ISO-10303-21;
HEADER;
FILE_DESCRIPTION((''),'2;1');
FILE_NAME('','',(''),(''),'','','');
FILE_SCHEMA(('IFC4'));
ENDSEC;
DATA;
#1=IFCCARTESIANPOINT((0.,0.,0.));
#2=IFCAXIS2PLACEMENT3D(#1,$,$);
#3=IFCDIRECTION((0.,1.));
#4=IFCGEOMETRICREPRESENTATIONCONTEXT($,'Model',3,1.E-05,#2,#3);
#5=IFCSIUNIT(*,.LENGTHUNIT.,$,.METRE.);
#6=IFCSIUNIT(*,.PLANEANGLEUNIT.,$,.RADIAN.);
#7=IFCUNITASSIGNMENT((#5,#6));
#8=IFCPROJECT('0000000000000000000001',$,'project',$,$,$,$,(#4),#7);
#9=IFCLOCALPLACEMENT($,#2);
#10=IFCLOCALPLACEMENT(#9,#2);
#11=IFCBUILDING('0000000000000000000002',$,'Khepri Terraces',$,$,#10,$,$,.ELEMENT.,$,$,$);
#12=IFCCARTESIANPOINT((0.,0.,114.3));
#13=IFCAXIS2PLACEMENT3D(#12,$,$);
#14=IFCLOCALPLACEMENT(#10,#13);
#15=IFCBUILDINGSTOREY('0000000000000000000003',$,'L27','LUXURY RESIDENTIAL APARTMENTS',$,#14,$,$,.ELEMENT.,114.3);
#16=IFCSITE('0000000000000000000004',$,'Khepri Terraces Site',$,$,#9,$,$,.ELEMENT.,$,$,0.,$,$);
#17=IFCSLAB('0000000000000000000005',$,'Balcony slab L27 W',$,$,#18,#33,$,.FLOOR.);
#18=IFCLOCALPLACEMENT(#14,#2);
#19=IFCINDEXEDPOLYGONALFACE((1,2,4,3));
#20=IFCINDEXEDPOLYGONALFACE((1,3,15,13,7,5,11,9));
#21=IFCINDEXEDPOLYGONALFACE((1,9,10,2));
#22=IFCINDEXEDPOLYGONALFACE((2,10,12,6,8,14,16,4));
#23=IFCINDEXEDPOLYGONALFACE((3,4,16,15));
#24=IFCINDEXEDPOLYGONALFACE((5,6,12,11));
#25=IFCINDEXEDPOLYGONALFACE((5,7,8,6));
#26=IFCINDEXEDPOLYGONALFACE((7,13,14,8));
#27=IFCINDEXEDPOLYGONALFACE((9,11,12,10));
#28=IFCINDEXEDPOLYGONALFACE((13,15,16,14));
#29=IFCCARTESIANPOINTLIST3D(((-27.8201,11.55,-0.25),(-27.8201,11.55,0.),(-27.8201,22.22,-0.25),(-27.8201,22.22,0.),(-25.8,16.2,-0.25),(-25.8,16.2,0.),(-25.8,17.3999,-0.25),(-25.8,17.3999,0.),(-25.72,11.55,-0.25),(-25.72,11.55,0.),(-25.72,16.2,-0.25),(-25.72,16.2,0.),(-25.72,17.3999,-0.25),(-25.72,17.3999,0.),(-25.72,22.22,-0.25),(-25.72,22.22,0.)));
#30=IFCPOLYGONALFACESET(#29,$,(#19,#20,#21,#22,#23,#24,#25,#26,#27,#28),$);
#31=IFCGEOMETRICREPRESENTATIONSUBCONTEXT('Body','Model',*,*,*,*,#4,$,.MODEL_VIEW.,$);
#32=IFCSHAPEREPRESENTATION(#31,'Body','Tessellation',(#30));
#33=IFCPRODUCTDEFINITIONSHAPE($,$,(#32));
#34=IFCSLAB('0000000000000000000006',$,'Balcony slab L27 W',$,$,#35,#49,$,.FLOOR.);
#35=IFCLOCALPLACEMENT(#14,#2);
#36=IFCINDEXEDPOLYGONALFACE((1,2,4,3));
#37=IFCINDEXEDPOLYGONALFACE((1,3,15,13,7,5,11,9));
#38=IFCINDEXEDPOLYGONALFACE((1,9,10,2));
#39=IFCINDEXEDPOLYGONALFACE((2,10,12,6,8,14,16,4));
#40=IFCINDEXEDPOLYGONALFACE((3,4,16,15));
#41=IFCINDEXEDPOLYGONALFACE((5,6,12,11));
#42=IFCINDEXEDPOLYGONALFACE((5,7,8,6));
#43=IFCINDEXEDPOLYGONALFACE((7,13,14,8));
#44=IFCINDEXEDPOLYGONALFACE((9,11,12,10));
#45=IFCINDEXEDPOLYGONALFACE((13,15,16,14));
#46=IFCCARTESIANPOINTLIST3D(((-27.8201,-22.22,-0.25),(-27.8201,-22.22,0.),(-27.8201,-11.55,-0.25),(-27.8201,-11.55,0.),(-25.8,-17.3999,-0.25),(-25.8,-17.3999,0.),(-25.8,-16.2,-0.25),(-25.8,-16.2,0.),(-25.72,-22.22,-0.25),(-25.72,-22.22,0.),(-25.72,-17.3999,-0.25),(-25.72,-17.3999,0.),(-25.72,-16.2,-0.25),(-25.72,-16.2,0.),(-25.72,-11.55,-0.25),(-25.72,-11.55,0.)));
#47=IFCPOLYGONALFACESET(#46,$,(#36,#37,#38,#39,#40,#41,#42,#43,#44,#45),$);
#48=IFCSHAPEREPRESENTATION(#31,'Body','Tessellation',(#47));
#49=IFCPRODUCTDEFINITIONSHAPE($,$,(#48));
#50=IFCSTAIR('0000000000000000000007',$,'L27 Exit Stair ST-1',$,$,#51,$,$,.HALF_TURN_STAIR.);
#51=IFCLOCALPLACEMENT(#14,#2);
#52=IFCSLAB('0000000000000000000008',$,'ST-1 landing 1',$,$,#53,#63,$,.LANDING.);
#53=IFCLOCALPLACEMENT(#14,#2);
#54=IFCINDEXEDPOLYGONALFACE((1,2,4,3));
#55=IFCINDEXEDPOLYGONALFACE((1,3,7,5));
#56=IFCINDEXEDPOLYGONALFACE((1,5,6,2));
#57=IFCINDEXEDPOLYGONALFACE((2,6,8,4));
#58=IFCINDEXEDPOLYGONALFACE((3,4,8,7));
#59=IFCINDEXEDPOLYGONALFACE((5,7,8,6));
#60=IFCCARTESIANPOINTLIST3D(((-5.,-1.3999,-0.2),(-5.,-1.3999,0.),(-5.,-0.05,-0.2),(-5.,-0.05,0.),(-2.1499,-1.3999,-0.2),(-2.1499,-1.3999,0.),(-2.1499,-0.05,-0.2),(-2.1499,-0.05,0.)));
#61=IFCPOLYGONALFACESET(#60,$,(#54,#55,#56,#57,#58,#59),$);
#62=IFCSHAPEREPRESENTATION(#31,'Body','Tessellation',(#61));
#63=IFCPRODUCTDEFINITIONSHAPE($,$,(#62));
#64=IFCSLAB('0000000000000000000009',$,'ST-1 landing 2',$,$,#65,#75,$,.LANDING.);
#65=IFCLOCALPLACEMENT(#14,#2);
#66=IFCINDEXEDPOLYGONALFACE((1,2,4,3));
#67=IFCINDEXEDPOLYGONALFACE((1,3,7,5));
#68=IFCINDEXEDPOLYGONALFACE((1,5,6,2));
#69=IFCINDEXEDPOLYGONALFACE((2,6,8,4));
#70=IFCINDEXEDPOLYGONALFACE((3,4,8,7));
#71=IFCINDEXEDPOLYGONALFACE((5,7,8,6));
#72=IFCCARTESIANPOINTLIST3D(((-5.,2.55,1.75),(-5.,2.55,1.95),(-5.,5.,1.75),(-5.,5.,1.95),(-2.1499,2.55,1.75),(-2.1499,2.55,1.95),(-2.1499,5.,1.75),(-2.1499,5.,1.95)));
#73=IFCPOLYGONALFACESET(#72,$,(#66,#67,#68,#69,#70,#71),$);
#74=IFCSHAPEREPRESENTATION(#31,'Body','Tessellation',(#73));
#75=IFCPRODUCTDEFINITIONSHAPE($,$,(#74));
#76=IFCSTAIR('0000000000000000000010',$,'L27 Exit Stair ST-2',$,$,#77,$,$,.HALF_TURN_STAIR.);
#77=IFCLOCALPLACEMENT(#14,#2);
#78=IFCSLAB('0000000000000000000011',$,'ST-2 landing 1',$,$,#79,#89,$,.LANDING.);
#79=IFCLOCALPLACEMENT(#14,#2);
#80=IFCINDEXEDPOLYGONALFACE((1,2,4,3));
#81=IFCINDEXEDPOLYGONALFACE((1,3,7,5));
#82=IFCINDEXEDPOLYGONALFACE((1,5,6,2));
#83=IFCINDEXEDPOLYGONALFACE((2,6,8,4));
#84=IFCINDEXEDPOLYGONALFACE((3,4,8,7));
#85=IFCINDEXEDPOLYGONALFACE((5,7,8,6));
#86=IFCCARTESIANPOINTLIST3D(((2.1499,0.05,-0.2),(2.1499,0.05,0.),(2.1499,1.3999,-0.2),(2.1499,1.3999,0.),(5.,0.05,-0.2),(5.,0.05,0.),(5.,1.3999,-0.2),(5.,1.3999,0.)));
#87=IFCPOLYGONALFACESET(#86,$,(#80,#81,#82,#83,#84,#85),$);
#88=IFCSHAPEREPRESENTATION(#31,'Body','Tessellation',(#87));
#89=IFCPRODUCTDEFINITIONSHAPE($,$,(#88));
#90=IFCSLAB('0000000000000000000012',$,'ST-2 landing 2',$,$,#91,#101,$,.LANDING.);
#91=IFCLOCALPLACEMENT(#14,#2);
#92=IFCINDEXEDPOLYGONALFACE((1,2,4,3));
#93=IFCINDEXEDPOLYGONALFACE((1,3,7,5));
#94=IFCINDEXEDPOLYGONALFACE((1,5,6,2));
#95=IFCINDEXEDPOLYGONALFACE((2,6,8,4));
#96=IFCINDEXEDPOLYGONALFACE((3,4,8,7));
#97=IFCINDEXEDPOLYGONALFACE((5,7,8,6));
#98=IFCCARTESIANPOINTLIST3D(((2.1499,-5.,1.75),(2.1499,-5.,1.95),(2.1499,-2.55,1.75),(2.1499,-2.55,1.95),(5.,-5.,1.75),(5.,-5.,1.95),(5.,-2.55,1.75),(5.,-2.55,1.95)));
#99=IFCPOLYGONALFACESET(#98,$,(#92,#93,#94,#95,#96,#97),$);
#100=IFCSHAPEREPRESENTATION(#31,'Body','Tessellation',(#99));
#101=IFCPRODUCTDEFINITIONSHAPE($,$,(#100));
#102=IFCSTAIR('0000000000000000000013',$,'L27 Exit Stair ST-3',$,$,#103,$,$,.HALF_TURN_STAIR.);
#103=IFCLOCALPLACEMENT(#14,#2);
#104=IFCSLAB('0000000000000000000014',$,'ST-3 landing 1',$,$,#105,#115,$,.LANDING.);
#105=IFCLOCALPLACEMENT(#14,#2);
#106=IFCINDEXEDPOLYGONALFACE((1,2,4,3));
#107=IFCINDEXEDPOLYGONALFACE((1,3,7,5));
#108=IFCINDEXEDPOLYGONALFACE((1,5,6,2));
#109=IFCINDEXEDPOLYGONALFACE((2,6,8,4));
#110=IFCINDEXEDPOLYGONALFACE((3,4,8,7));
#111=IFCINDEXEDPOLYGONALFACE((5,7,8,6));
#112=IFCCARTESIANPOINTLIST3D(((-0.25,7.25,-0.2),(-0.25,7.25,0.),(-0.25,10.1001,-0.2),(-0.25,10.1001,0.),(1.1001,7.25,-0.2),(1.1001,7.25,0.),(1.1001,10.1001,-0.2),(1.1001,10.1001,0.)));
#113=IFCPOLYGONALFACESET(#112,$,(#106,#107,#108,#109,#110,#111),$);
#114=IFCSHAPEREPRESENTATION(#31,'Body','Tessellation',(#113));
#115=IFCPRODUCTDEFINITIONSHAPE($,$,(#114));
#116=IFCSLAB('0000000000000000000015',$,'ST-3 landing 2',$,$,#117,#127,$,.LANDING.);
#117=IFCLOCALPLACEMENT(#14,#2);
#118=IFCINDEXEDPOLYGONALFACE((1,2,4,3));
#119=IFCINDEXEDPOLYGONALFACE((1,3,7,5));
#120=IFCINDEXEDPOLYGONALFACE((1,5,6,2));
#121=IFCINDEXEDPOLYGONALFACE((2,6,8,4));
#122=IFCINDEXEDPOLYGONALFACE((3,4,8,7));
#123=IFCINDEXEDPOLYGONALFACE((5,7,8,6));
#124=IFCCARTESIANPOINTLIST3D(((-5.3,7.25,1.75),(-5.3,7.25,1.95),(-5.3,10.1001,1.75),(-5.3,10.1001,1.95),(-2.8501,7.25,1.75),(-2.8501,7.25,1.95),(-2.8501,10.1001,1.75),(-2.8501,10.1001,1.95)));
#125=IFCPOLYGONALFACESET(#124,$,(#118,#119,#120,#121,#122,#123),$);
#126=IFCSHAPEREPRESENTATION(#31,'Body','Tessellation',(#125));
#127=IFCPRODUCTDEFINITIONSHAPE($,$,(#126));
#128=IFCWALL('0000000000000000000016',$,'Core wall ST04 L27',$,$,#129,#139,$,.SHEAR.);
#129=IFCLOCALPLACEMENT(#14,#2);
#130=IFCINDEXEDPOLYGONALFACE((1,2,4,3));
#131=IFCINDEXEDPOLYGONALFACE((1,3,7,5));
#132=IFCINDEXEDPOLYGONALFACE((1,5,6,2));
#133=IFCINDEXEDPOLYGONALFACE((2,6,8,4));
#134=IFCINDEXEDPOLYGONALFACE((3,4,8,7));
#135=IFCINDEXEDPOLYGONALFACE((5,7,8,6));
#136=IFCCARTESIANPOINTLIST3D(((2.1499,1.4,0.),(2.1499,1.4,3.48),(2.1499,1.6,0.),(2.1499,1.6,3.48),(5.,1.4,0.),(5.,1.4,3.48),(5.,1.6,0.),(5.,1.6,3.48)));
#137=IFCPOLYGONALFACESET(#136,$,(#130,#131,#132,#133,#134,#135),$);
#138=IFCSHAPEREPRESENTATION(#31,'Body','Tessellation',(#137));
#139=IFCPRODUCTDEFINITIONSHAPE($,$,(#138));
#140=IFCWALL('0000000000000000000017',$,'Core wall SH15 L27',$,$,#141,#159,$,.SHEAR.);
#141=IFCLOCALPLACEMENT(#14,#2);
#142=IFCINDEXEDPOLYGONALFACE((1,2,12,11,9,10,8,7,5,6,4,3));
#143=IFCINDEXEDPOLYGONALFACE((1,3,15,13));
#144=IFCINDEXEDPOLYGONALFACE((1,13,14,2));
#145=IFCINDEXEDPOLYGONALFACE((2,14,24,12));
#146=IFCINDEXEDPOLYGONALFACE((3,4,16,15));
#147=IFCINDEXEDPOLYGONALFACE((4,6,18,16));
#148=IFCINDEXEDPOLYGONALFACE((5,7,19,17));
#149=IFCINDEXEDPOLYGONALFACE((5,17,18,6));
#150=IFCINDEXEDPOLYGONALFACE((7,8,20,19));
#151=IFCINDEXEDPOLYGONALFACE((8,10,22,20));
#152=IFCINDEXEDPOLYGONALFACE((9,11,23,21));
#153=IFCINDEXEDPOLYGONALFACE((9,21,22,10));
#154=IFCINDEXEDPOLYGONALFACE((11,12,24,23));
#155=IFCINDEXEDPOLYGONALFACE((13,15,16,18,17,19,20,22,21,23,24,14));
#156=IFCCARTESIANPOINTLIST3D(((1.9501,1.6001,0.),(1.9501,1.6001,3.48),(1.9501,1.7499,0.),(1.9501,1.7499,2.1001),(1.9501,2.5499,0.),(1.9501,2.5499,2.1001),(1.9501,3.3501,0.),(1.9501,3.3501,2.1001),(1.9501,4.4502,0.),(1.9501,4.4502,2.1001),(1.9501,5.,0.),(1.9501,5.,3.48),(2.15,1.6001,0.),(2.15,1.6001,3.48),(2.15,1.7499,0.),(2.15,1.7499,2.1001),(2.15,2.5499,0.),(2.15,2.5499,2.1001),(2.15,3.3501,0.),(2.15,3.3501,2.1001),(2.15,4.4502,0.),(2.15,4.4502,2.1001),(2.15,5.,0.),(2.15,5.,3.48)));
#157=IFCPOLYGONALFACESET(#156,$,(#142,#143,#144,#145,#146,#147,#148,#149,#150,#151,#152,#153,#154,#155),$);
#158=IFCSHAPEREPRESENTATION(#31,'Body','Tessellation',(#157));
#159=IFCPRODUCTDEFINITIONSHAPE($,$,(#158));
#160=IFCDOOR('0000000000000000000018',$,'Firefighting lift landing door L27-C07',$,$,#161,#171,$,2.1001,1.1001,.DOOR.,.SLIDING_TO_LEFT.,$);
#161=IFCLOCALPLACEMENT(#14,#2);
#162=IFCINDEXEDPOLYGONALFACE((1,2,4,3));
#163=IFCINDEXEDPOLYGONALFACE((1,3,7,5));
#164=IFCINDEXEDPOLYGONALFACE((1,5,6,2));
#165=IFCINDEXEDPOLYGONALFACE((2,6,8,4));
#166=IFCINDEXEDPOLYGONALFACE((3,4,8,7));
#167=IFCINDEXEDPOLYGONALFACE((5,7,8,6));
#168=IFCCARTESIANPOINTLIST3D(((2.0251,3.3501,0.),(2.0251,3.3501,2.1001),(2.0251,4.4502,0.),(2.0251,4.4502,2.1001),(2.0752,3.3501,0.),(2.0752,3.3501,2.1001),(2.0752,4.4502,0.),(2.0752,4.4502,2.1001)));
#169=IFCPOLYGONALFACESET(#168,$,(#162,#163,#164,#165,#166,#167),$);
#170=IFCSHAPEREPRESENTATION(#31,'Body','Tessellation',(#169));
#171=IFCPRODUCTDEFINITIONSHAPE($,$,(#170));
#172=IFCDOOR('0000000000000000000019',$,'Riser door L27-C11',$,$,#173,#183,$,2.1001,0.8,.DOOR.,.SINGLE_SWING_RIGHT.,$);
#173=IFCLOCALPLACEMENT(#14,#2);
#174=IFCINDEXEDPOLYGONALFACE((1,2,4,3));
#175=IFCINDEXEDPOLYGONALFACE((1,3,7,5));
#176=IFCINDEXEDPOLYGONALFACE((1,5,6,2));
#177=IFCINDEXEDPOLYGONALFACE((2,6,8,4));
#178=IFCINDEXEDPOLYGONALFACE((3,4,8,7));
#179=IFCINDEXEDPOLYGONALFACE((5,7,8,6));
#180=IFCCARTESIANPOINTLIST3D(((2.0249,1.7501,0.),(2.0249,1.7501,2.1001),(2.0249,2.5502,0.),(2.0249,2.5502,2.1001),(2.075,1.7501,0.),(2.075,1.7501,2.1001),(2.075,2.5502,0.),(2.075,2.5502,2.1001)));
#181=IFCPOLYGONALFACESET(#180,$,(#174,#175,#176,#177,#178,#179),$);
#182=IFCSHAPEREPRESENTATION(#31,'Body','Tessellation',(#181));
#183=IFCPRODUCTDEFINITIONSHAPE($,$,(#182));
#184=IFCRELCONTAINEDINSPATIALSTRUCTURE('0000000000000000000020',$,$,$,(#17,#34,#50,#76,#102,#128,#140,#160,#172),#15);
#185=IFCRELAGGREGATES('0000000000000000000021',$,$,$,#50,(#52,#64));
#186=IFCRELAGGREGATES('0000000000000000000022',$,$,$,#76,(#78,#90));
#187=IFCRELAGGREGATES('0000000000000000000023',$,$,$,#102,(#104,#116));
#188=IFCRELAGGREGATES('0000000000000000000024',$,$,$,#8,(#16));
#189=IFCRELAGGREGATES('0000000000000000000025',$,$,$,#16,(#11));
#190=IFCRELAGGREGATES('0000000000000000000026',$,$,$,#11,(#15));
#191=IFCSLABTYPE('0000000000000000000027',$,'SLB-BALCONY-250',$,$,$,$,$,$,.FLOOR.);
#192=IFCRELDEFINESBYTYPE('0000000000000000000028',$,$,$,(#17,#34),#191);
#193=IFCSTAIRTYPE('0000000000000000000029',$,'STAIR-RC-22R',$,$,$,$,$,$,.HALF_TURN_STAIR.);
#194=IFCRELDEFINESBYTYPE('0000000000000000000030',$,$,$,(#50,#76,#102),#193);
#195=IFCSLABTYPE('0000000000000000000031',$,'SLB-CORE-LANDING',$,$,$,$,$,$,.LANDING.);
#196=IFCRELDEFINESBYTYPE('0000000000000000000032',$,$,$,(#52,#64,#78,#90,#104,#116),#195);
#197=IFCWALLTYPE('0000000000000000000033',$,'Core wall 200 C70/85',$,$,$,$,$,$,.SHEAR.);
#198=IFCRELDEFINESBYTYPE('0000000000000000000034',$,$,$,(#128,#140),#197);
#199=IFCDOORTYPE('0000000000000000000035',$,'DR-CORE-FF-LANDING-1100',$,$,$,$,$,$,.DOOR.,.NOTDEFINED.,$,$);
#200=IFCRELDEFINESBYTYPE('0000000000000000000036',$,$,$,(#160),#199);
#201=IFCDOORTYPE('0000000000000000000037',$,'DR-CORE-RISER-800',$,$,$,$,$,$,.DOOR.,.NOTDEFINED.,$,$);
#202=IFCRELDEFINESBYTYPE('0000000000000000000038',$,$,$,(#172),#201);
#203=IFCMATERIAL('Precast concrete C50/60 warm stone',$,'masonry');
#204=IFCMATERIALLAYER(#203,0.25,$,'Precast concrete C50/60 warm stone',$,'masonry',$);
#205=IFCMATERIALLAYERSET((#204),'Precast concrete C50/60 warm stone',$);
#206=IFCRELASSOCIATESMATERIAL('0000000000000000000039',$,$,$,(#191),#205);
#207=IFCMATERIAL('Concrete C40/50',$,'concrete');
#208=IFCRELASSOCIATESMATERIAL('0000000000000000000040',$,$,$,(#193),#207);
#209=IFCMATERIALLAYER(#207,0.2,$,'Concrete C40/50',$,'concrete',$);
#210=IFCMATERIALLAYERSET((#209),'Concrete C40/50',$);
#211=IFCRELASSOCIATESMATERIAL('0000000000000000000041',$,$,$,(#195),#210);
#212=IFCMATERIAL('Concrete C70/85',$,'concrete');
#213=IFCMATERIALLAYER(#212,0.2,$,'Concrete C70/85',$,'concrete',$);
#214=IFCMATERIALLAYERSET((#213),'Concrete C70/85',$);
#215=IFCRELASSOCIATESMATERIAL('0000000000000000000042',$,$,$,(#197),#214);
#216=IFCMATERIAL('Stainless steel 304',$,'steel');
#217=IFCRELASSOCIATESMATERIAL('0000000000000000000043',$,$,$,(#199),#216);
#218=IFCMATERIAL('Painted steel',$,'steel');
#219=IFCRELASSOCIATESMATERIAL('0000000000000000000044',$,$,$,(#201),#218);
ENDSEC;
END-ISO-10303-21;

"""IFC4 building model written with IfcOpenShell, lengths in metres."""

from ifc_helpers import new_model, si_unit, direction, frame, frame_2d, origin, place, context, subcontext, project, spatial, polyline, rectangle, outline, extrude, material, layer, layer_set, type_object, element, fill, aggregate, save


model = new_model("IFC4")

# Units and contexts
model_context = context("Model", 3, precision=1e-05, world=origin(), true_north=direction((0.0, 1.0)))
body_context = subcontext(model_context, "Body", "Model", "MODEL_VIEW")
ifc_project = project(units=[si_unit("LENGTHUNIT", "METRE"), si_unit("PLANEANGLEUNIT", "RADIAN")], contexts=[model_context])

# Site, building, storey
site_placement = place(None, origin())
site = spatial("IfcSite", under=ifc_project, at=site_placement, Name="Khepri Terraces Site", CompositionType="ELEMENT", RefElevation=0.0)
building_placement = place(site_placement, origin())
building = spatial("IfcBuilding", under=site, at=building_placement, Name="Khepri Terraces", CompositionType="ELEMENT")
storey_placement = place(building_placement, frame((0.0, 0.0, 114.3)))
storey = spatial("IfcBuildingStorey", under=building, at=storey_placement, Name="L27", Description="LUXURY RESIDENTIAL APARTMENTS", CompositionType="ELEMENT", Elevation=114.3)

# Slabs
ifc_material_1 = material(Name="Precast concrete C50/60 warm stone", Category="masonry")
ifc_layer_1 = layer(ifc_material_1, 0.25, Name="Precast concrete C50/60 warm stone", Category="masonry")
ifc_layer_set_1 = layer_set([ifc_layer_1], Name="Precast concrete C50/60 warm stone")
slab_type_1 = type_object("IfcSlabType", Name="SLB-BALCONY-250", PredefinedType="FLOOR", material=ifc_layer_set_1)
slab_1_placement = place(storey_placement, frame((0.0, 0.0, -0.25)))
element("IfcSlab", 1, at=slab_1_placement, inside=storey, type_object=slab_type_1, Name="Balcony slab L27 W", PredefinedType="FLOOR", context=body_context, shape_type="SweptSolid", body=[
    extrude(outline(polyline([(-25.72, 17.3999), (-25.72, 22.22), (-27.8201, 22.22), (-27.8201, 11.55), (-25.72, 11.55), (-25.72, 16.2), (-25.8, 16.2), (-25.8, 17.3999), (-25.72, 17.3999)])), origin(), (0.0, 0.0, 1.0), 0.25),
])
slab_2_placement = place(storey_placement, frame((0.0, 0.0, -0.25)))
element("IfcSlab", 2, at=slab_2_placement, inside=storey, type_object=slab_type_1, Name="Balcony slab L27 W", PredefinedType="FLOOR", context=body_context, shape_type="SweptSolid", body=[
    extrude(outline(polyline([(-25.72, -16.2), (-25.72, -11.55), (-27.8201, -11.55), (-27.8201, -22.22), (-25.72, -22.22), (-25.72, -17.3999), (-25.8, -17.3999), (-25.8, -16.2), (-25.72, -16.2)])), origin(), (0.0, 0.0, 1.0), 0.25),
])

# Stairs, slabs
ifc_material_2 = material(Name="Concrete C40/50", Category="concrete")
stair_type = type_object("IfcStairType", Name="STAIR-RC-22R", PredefinedType="HALF_TURN_STAIR", material=ifc_material_2)
stair_1_placement = place(storey_placement, origin())
stair_1 = element("IfcStair", 3, at=stair_1_placement, inside=storey, type_object=stair_type, Name="L27 Exit Stair ST-1", PredefinedType="HALF_TURN_STAIR")
ifc_layer_2 = layer(ifc_material_2, 0.2, Name="Concrete C40/50", Category="concrete")
ifc_layer_set_2 = layer_set([ifc_layer_2], Name="Concrete C40/50")
slab_type_2 = type_object("IfcSlabType", Name="SLB-CORE-LANDING", PredefinedType="LANDING", material=ifc_layer_set_2)
slab_3_placement = place(storey_placement, frame((0.0, 0.0, -0.2)))
slab_3 = element("IfcSlab", 4, at=slab_3_placement, type_object=slab_type_2, Name="ST-1 landing 1", PredefinedType="LANDING", context=body_context, shape_type="SweptSolid", body=[
    extrude(outline(polyline([(-2.1499, -1.3999), (-2.1499, -0.05), (-5.0, -0.05), (-5.0, -1.3999), (-2.1499, -1.3999)])), origin(), (0.0, 0.0, 1.0), 0.2),
])
slab_4_placement = place(storey_placement, frame((0.0, 0.0, 1.75)))
slab_4 = element("IfcSlab", 5, at=slab_4_placement, type_object=slab_type_2, Name="ST-1 landing 2", PredefinedType="LANDING", context=body_context, shape_type="SweptSolid", body=[
    extrude(outline(polyline([(-2.1499, 2.55), (-2.1499, 5.0), (-5.0, 5.0), (-5.0, 2.55), (-2.1499, 2.55)])), origin(), (0.0, 0.0, 1.0), 0.2),
])
aggregate(stair_1, [slab_3, slab_4])
stair_2_placement = place(storey_placement, origin())
stair_2 = element("IfcStair", 6, at=stair_2_placement, inside=storey, type_object=stair_type, Name="L27 Exit Stair ST-2", PredefinedType="HALF_TURN_STAIR")
slab_5_placement = place(storey_placement, frame((0.0, 0.0, -0.2)))
slab_5 = element("IfcSlab", 7, at=slab_5_placement, type_object=slab_type_2, Name="ST-2 landing 1", PredefinedType="LANDING", context=body_context, shape_type="SweptSolid", body=[
    extrude(outline(polyline([(2.1499, 1.3999), (2.1499, 0.05), (5.0, 0.05), (5.0, 1.3999), (2.1499, 1.3999)])), origin(), (0.0, 0.0, 1.0), 0.2),
])
slab_6_placement = place(storey_placement, frame((0.0, 0.0, 1.75)))
slab_6 = element("IfcSlab", 8, at=slab_6_placement, type_object=slab_type_2, Name="ST-2 landing 2", PredefinedType="LANDING", context=body_context, shape_type="SweptSolid", body=[
    extrude(outline(polyline([(2.1499, -2.55), (2.1499, -5.0), (5.0, -5.0), (5.0, -2.55), (2.1499, -2.55)])), origin(), (0.0, 0.0, 1.0), 0.2),
])
aggregate(stair_2, [slab_5, slab_6])
stair_3_placement = place(storey_placement, origin())
stair_3 = element("IfcStair", 9, at=stair_3_placement, inside=storey, type_object=stair_type, Name="L27 Exit Stair ST-3", PredefinedType="HALF_TURN_STAIR")
slab_7_placement = place(storey_placement, frame((0.0, 0.0, -0.2)))
slab_7 = element("IfcSlab", 10, at=slab_7_placement, type_object=slab_type_2, Name="ST-3 landing 1", PredefinedType="LANDING", context=body_context, shape_type="SweptSolid", body=[
    extrude(outline(polyline([(1.1001, 10.1001), (-0.25, 10.1001), (-0.25, 7.25), (1.1001, 7.25), (1.1001, 10.1001)])), origin(), (0.0, 0.0, 1.0), 0.2),
])
slab_8_placement = place(storey_placement, frame((0.0, 0.0, 1.75)))
slab_8 = element("IfcSlab", 11, at=slab_8_placement, type_object=slab_type_2, Name="ST-3 landing 2", PredefinedType="LANDING", context=body_context, shape_type="SweptSolid", body=[
    extrude(outline(polyline([(-2.8501, 10.1001), (-5.3, 10.1001), (-5.3, 7.25), (-2.8501, 7.25), (-2.8501, 10.1001)])), origin(), (0.0, 0.0, 1.0), 0.2),
])
aggregate(stair_3, [slab_7, slab_8])

# Wall
ifc_material_3 = material(Name="Concrete C70/85", Category="concrete")
ifc_layer_3 = layer(ifc_material_3, 0.2, Name="Concrete C70/85", Category="concrete")
ifc_layer_set_3 = layer_set([ifc_layer_3], Name="Concrete C70/85")
wall_type = type_object("IfcWallType", Name="Core wall 200 C70/85", PredefinedType="SHEAR", material=ifc_layer_set_3)
wall_1_placement = place(storey_placement, frame((2.1499, 1.5, 0.0), z_axis=(0.0, 0.0, 1.0), x_axis=(1.0, 0.0, 0.0)))
element("IfcWall", 12, at=wall_1_placement, inside=storey, type_object=wall_type, Name="Core wall ST04 L27", PredefinedType="SHEAR", context=body_context, shape_type="SweptSolid", body=[
    extrude(rectangle(XDim=2.8501, YDim=0.2, at=frame_2d((1.425, 0.0))), origin(), (0.0, 0.0, 1.0), 3.48),
])

# Wall, openings, doors
wall_2_placement = place(storey_placement, frame((2.05, 1.6001, 0.0), z_axis=(0.0, 0.0, 1.0), x_axis=(0.0, 1.0, 0.0)))
wall_2 = element("IfcWall", 13, at=wall_2_placement, inside=storey, type_object=wall_type, Name="Core wall SH15 L27", PredefinedType="SHEAR", context=body_context, shape_type="SweptSolid", body=[
    extrude(rectangle(XDim=3.3999, YDim=0.2, at=frame_2d((1.7, 0.0))), origin(), (0.0, 0.0, 1.0), 3.48),
])
opening_1_placement = place(wall_2_placement, frame((1.75, 0.0, 0.0)))
opening_1 = element("IfcOpeningElement", 14, at=opening_1_placement, cuts=wall_2, PredefinedType="OPENING", context=body_context, shape_type="SweptSolid", body=[
    extrude(rectangle(XDim=1.1001, YDim=2.1001, at=frame_2d((0.55, 1.05))), frame((0.0, 0.1099, 0.0), z_axis=(0.0, -1.0, 0.0), x_axis=(1.0, 0.0, 0.0)), (0.0, 0.0, 1.0), 0.22),
])
opening_2_placement = place(wall_2_placement, frame((0.1499, 0.0, 0.0)))
opening_2 = element("IfcOpeningElement", 15, at=opening_2_placement, cuts=wall_2, PredefinedType="OPENING", context=body_context, shape_type="SweptSolid", body=[
    extrude(rectangle(XDim=0.8, YDim=2.1001, at=frame_2d((0.3999, 1.05))), frame((0.0, 0.1099, 0.0), z_axis=(0.0, -1.0, 0.0), x_axis=(1.0, 0.0, 0.0)), (0.0, 0.0, 1.0), 0.22),
])
ifc_material_4 = material(Name="Stainless steel 304", Category="steel")
door_type_1 = type_object("IfcDoorType", Name="DR-CORE-FF-LANDING-1100", OperationType="NOTDEFINED", PredefinedType="DOOR", material=ifc_material_4)
door_1_placement = place(opening_1_placement, origin())
door_1 = element("IfcDoor", 16, at=door_1_placement, inside=storey, type_object=door_type_1, Name="Firefighting lift landing door L27-C07", OperationType="SLIDING_TO_LEFT", OverallHeight=2.1001, OverallWidth=1.1001, PredefinedType="DOOR", context=body_context, shape_type="SweptSolid", body=[
    extrude(rectangle(XDim=1.1001, YDim=2.1001, at=frame_2d((0.55, 1.05))), frame((0.0, 0.0249, 0.0), z_axis=(0.0, -1.0, 0.0), x_axis=(1.0, 0.0, 0.0)), (0.0, 0.0, 1.0), 0.05),
])
fill(opening_1, door_1)
ifc_material_5 = material(Name="Painted steel", Category="steel")
door_type_2 = type_object("IfcDoorType", Name="DR-CORE-RISER-800", OperationType="NOTDEFINED", PredefinedType="DOOR", material=ifc_material_5)
door_2_placement = place(opening_2_placement, frame((0.8, 0.0, 0.0), z_axis=(0.0, 0.0, 1.0), x_axis=(-1.0, 0.0, 0.0)))
door_2 = element("IfcDoor", 17, at=door_2_placement, inside=storey, type_object=door_type_2, Name="Riser door L27-C11", OperationType="SINGLE_SWING_RIGHT", OverallHeight=2.1001, OverallWidth=0.8, PredefinedType="DOOR", context=body_context, shape_type="SweptSolid", body=[
    extrude(rectangle(XDim=0.8, YDim=2.1001, at=frame_2d((0.3999, 1.05))), frame((0.0, 0.0249, 0.0), z_axis=(0.0, -1.0, 0.0), x_axis=(1.0, 0.0, 0.0)), (0.0, 0.0, 1.0), 0.05),
])
fill(opening_2, door_2)

save(model, "model.ifc")
